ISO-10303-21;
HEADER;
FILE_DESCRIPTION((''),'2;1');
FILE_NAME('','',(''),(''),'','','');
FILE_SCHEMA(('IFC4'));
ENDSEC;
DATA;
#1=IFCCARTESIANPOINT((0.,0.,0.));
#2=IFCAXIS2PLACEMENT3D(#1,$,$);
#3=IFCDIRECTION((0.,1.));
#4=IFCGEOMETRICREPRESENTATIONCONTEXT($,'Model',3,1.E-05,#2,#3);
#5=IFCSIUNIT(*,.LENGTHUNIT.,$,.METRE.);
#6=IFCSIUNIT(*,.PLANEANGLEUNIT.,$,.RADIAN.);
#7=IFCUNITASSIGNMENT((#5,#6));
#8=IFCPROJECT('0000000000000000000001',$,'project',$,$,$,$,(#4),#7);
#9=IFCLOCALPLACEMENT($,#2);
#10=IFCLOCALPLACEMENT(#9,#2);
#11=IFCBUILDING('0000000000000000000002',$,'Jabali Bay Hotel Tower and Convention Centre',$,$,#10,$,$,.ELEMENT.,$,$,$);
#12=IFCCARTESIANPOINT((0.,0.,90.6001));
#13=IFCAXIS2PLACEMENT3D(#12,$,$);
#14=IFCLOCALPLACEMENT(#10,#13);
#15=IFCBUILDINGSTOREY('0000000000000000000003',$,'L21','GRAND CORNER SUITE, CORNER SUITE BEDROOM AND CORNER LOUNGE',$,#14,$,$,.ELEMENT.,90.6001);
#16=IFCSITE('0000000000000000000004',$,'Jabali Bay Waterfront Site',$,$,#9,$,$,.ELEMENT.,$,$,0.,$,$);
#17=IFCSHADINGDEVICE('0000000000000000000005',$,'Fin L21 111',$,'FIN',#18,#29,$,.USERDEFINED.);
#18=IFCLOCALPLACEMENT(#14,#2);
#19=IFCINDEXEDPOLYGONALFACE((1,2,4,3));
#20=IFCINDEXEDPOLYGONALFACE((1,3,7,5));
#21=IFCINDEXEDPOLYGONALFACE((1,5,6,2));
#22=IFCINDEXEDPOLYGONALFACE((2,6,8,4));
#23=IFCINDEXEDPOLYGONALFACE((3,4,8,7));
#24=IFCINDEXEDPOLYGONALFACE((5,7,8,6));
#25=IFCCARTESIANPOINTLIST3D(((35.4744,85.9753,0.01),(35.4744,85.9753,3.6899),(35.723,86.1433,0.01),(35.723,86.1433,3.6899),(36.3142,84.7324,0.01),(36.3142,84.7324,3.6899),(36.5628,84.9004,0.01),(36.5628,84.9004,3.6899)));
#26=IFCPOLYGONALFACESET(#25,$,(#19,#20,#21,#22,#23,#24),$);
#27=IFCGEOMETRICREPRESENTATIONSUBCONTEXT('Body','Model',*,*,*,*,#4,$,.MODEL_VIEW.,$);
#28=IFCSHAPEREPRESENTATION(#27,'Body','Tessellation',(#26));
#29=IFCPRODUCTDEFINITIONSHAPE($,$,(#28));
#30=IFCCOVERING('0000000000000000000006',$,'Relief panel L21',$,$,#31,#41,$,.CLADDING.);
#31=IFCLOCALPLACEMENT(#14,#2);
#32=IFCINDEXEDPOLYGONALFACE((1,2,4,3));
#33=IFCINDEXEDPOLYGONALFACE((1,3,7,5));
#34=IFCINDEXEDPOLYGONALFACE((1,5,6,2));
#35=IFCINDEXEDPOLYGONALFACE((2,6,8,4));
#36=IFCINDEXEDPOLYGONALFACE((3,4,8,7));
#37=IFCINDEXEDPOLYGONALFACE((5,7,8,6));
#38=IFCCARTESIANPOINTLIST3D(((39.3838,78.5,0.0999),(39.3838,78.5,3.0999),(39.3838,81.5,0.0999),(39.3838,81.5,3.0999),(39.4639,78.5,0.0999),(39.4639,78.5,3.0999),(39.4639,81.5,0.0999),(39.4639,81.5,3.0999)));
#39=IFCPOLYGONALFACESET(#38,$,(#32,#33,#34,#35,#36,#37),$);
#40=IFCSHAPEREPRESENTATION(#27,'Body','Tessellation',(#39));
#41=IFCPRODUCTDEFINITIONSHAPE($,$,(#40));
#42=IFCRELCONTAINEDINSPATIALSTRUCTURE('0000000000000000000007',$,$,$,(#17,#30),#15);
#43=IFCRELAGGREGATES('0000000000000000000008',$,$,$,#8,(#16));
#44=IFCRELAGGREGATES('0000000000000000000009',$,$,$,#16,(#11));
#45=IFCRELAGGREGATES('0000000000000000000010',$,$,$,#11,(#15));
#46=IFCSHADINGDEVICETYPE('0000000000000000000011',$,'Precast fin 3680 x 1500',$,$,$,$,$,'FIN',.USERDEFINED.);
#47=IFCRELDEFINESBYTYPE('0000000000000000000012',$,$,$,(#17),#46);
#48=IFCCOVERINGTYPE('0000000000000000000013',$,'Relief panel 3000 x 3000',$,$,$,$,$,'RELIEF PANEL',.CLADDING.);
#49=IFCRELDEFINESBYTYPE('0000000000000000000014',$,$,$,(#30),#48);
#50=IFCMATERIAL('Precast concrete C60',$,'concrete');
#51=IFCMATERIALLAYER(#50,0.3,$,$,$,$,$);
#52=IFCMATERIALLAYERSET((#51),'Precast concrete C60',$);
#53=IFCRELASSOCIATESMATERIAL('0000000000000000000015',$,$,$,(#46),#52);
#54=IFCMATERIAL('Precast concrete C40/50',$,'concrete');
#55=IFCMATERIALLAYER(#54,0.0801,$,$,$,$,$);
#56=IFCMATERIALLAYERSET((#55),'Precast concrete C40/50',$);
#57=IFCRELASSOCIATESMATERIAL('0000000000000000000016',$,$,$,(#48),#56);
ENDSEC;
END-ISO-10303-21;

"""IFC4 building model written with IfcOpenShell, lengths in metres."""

from ifc_helpers import new_model, si_unit, direction, frame, frame_2d, origin, origin_2d, place, context, subcontext, project, spatial, rectangle, extrude, material, layer, layer_set, type_object, element, save


model = new_model("IFC4")

# Units and contexts
model_context = context("Model", 3, precision=1e-05, world=origin(), true_north=direction((0.0, 1.0)))
body_context = subcontext(model_context, "Body", "Model", "MODEL_VIEW")
ifc_project = project(units=[si_unit("LENGTHUNIT", "METRE"), si_unit("PLANEANGLEUNIT", "RADIAN")], contexts=[model_context])

# Site, building, storey
site_placement = place(None, origin())
site = spatial("IfcSite", under=ifc_project, at=site_placement, Name="Jabali Bay Waterfront Site", CompositionType="ELEMENT", RefElevation=0.0)
building_placement = place(site_placement, origin())
building = spatial("IfcBuilding", under=site, at=building_placement, Name="Jabali Bay Hotel Tower and Convention Centre", CompositionType="ELEMENT")
storey_placement = place(building_placement, frame((0.0, 0.0, 90.6001)))
storey = spatial("IfcBuildingStorey", under=building, at=storey_placement, Name="L21", Description="GRAND CORNER SUITE, CORNER SUITE BEDROOM AND CORNER LOUNGE", CompositionType="ELEMENT", Elevation=90.6001)

# Shading device
ifc_material_1 = material(Name="Precast concrete C60", Category="concrete")
ifc_layer_1 = layer(ifc_material_1, 0.3)
ifc_layer_set_1 = layer_set([ifc_layer_1], Name="Precast concrete C60")
shading_device_type = type_object("IfcShadingDeviceType", Name="Precast fin 3680 x 1500", ElementType="FIN", PredefinedType="USERDEFINED", material=ifc_layer_set_1)
for number, where, z_axis, x_axis, name in (
    (1, (36.4385, 84.8164, 0.01), (0.0, 0.0, 1.0), (-0.559873, 0.828579, 0.0), "Fin L21 111"),
):
    element("IfcShadingDevice", number, at=place(storey_placement, frame(where, z_axis=z_axis, x_axis=x_axis)), inside=storey, type_object=shading_device_type, Name=name, ObjectType="FIN", PredefinedType="USERDEFINED", context=body_context, shape_type="SweptSolid", body=[
        extrude(rectangle(XDim=1.5, YDim=0.3, at=frame_2d((0.75, 0.0))), origin(), (0.0, 0.0, 1.0), 3.6799),
    ])

# Covering
ifc_material_2 = material(Name="Precast concrete C40/50", Category="concrete")
ifc_layer_2 = layer(ifc_material_2, 0.0801)
ifc_layer_set_2 = layer_set([ifc_layer_2], Name="Precast concrete C40/50")
covering_type = type_object("IfcCoveringType", Name="Relief panel 3000 x 3000", ElementType="RELIEF PANEL", PredefinedType="CLADDING", material=ifc_layer_set_2)
covering_placement = place(storey_placement, frame((39.4238, 80.0, 0.0999), z_axis=(0.0, 0.0, 1.0), x_axis=(0.0, 1.0, 0.0)))
element("IfcCovering", 2, at=covering_placement, inside=storey, type_object=covering_type, Name="Relief panel L21", PredefinedType="CLADDING", context=body_context, shape_type="SweptSolid", body=[
    extrude(rectangle(XDim=3.0, YDim=0.0801, at=origin_2d()), origin(), (0.0, 0.0, 1.0), 3.0),
])

save(model, "model.ifc")
